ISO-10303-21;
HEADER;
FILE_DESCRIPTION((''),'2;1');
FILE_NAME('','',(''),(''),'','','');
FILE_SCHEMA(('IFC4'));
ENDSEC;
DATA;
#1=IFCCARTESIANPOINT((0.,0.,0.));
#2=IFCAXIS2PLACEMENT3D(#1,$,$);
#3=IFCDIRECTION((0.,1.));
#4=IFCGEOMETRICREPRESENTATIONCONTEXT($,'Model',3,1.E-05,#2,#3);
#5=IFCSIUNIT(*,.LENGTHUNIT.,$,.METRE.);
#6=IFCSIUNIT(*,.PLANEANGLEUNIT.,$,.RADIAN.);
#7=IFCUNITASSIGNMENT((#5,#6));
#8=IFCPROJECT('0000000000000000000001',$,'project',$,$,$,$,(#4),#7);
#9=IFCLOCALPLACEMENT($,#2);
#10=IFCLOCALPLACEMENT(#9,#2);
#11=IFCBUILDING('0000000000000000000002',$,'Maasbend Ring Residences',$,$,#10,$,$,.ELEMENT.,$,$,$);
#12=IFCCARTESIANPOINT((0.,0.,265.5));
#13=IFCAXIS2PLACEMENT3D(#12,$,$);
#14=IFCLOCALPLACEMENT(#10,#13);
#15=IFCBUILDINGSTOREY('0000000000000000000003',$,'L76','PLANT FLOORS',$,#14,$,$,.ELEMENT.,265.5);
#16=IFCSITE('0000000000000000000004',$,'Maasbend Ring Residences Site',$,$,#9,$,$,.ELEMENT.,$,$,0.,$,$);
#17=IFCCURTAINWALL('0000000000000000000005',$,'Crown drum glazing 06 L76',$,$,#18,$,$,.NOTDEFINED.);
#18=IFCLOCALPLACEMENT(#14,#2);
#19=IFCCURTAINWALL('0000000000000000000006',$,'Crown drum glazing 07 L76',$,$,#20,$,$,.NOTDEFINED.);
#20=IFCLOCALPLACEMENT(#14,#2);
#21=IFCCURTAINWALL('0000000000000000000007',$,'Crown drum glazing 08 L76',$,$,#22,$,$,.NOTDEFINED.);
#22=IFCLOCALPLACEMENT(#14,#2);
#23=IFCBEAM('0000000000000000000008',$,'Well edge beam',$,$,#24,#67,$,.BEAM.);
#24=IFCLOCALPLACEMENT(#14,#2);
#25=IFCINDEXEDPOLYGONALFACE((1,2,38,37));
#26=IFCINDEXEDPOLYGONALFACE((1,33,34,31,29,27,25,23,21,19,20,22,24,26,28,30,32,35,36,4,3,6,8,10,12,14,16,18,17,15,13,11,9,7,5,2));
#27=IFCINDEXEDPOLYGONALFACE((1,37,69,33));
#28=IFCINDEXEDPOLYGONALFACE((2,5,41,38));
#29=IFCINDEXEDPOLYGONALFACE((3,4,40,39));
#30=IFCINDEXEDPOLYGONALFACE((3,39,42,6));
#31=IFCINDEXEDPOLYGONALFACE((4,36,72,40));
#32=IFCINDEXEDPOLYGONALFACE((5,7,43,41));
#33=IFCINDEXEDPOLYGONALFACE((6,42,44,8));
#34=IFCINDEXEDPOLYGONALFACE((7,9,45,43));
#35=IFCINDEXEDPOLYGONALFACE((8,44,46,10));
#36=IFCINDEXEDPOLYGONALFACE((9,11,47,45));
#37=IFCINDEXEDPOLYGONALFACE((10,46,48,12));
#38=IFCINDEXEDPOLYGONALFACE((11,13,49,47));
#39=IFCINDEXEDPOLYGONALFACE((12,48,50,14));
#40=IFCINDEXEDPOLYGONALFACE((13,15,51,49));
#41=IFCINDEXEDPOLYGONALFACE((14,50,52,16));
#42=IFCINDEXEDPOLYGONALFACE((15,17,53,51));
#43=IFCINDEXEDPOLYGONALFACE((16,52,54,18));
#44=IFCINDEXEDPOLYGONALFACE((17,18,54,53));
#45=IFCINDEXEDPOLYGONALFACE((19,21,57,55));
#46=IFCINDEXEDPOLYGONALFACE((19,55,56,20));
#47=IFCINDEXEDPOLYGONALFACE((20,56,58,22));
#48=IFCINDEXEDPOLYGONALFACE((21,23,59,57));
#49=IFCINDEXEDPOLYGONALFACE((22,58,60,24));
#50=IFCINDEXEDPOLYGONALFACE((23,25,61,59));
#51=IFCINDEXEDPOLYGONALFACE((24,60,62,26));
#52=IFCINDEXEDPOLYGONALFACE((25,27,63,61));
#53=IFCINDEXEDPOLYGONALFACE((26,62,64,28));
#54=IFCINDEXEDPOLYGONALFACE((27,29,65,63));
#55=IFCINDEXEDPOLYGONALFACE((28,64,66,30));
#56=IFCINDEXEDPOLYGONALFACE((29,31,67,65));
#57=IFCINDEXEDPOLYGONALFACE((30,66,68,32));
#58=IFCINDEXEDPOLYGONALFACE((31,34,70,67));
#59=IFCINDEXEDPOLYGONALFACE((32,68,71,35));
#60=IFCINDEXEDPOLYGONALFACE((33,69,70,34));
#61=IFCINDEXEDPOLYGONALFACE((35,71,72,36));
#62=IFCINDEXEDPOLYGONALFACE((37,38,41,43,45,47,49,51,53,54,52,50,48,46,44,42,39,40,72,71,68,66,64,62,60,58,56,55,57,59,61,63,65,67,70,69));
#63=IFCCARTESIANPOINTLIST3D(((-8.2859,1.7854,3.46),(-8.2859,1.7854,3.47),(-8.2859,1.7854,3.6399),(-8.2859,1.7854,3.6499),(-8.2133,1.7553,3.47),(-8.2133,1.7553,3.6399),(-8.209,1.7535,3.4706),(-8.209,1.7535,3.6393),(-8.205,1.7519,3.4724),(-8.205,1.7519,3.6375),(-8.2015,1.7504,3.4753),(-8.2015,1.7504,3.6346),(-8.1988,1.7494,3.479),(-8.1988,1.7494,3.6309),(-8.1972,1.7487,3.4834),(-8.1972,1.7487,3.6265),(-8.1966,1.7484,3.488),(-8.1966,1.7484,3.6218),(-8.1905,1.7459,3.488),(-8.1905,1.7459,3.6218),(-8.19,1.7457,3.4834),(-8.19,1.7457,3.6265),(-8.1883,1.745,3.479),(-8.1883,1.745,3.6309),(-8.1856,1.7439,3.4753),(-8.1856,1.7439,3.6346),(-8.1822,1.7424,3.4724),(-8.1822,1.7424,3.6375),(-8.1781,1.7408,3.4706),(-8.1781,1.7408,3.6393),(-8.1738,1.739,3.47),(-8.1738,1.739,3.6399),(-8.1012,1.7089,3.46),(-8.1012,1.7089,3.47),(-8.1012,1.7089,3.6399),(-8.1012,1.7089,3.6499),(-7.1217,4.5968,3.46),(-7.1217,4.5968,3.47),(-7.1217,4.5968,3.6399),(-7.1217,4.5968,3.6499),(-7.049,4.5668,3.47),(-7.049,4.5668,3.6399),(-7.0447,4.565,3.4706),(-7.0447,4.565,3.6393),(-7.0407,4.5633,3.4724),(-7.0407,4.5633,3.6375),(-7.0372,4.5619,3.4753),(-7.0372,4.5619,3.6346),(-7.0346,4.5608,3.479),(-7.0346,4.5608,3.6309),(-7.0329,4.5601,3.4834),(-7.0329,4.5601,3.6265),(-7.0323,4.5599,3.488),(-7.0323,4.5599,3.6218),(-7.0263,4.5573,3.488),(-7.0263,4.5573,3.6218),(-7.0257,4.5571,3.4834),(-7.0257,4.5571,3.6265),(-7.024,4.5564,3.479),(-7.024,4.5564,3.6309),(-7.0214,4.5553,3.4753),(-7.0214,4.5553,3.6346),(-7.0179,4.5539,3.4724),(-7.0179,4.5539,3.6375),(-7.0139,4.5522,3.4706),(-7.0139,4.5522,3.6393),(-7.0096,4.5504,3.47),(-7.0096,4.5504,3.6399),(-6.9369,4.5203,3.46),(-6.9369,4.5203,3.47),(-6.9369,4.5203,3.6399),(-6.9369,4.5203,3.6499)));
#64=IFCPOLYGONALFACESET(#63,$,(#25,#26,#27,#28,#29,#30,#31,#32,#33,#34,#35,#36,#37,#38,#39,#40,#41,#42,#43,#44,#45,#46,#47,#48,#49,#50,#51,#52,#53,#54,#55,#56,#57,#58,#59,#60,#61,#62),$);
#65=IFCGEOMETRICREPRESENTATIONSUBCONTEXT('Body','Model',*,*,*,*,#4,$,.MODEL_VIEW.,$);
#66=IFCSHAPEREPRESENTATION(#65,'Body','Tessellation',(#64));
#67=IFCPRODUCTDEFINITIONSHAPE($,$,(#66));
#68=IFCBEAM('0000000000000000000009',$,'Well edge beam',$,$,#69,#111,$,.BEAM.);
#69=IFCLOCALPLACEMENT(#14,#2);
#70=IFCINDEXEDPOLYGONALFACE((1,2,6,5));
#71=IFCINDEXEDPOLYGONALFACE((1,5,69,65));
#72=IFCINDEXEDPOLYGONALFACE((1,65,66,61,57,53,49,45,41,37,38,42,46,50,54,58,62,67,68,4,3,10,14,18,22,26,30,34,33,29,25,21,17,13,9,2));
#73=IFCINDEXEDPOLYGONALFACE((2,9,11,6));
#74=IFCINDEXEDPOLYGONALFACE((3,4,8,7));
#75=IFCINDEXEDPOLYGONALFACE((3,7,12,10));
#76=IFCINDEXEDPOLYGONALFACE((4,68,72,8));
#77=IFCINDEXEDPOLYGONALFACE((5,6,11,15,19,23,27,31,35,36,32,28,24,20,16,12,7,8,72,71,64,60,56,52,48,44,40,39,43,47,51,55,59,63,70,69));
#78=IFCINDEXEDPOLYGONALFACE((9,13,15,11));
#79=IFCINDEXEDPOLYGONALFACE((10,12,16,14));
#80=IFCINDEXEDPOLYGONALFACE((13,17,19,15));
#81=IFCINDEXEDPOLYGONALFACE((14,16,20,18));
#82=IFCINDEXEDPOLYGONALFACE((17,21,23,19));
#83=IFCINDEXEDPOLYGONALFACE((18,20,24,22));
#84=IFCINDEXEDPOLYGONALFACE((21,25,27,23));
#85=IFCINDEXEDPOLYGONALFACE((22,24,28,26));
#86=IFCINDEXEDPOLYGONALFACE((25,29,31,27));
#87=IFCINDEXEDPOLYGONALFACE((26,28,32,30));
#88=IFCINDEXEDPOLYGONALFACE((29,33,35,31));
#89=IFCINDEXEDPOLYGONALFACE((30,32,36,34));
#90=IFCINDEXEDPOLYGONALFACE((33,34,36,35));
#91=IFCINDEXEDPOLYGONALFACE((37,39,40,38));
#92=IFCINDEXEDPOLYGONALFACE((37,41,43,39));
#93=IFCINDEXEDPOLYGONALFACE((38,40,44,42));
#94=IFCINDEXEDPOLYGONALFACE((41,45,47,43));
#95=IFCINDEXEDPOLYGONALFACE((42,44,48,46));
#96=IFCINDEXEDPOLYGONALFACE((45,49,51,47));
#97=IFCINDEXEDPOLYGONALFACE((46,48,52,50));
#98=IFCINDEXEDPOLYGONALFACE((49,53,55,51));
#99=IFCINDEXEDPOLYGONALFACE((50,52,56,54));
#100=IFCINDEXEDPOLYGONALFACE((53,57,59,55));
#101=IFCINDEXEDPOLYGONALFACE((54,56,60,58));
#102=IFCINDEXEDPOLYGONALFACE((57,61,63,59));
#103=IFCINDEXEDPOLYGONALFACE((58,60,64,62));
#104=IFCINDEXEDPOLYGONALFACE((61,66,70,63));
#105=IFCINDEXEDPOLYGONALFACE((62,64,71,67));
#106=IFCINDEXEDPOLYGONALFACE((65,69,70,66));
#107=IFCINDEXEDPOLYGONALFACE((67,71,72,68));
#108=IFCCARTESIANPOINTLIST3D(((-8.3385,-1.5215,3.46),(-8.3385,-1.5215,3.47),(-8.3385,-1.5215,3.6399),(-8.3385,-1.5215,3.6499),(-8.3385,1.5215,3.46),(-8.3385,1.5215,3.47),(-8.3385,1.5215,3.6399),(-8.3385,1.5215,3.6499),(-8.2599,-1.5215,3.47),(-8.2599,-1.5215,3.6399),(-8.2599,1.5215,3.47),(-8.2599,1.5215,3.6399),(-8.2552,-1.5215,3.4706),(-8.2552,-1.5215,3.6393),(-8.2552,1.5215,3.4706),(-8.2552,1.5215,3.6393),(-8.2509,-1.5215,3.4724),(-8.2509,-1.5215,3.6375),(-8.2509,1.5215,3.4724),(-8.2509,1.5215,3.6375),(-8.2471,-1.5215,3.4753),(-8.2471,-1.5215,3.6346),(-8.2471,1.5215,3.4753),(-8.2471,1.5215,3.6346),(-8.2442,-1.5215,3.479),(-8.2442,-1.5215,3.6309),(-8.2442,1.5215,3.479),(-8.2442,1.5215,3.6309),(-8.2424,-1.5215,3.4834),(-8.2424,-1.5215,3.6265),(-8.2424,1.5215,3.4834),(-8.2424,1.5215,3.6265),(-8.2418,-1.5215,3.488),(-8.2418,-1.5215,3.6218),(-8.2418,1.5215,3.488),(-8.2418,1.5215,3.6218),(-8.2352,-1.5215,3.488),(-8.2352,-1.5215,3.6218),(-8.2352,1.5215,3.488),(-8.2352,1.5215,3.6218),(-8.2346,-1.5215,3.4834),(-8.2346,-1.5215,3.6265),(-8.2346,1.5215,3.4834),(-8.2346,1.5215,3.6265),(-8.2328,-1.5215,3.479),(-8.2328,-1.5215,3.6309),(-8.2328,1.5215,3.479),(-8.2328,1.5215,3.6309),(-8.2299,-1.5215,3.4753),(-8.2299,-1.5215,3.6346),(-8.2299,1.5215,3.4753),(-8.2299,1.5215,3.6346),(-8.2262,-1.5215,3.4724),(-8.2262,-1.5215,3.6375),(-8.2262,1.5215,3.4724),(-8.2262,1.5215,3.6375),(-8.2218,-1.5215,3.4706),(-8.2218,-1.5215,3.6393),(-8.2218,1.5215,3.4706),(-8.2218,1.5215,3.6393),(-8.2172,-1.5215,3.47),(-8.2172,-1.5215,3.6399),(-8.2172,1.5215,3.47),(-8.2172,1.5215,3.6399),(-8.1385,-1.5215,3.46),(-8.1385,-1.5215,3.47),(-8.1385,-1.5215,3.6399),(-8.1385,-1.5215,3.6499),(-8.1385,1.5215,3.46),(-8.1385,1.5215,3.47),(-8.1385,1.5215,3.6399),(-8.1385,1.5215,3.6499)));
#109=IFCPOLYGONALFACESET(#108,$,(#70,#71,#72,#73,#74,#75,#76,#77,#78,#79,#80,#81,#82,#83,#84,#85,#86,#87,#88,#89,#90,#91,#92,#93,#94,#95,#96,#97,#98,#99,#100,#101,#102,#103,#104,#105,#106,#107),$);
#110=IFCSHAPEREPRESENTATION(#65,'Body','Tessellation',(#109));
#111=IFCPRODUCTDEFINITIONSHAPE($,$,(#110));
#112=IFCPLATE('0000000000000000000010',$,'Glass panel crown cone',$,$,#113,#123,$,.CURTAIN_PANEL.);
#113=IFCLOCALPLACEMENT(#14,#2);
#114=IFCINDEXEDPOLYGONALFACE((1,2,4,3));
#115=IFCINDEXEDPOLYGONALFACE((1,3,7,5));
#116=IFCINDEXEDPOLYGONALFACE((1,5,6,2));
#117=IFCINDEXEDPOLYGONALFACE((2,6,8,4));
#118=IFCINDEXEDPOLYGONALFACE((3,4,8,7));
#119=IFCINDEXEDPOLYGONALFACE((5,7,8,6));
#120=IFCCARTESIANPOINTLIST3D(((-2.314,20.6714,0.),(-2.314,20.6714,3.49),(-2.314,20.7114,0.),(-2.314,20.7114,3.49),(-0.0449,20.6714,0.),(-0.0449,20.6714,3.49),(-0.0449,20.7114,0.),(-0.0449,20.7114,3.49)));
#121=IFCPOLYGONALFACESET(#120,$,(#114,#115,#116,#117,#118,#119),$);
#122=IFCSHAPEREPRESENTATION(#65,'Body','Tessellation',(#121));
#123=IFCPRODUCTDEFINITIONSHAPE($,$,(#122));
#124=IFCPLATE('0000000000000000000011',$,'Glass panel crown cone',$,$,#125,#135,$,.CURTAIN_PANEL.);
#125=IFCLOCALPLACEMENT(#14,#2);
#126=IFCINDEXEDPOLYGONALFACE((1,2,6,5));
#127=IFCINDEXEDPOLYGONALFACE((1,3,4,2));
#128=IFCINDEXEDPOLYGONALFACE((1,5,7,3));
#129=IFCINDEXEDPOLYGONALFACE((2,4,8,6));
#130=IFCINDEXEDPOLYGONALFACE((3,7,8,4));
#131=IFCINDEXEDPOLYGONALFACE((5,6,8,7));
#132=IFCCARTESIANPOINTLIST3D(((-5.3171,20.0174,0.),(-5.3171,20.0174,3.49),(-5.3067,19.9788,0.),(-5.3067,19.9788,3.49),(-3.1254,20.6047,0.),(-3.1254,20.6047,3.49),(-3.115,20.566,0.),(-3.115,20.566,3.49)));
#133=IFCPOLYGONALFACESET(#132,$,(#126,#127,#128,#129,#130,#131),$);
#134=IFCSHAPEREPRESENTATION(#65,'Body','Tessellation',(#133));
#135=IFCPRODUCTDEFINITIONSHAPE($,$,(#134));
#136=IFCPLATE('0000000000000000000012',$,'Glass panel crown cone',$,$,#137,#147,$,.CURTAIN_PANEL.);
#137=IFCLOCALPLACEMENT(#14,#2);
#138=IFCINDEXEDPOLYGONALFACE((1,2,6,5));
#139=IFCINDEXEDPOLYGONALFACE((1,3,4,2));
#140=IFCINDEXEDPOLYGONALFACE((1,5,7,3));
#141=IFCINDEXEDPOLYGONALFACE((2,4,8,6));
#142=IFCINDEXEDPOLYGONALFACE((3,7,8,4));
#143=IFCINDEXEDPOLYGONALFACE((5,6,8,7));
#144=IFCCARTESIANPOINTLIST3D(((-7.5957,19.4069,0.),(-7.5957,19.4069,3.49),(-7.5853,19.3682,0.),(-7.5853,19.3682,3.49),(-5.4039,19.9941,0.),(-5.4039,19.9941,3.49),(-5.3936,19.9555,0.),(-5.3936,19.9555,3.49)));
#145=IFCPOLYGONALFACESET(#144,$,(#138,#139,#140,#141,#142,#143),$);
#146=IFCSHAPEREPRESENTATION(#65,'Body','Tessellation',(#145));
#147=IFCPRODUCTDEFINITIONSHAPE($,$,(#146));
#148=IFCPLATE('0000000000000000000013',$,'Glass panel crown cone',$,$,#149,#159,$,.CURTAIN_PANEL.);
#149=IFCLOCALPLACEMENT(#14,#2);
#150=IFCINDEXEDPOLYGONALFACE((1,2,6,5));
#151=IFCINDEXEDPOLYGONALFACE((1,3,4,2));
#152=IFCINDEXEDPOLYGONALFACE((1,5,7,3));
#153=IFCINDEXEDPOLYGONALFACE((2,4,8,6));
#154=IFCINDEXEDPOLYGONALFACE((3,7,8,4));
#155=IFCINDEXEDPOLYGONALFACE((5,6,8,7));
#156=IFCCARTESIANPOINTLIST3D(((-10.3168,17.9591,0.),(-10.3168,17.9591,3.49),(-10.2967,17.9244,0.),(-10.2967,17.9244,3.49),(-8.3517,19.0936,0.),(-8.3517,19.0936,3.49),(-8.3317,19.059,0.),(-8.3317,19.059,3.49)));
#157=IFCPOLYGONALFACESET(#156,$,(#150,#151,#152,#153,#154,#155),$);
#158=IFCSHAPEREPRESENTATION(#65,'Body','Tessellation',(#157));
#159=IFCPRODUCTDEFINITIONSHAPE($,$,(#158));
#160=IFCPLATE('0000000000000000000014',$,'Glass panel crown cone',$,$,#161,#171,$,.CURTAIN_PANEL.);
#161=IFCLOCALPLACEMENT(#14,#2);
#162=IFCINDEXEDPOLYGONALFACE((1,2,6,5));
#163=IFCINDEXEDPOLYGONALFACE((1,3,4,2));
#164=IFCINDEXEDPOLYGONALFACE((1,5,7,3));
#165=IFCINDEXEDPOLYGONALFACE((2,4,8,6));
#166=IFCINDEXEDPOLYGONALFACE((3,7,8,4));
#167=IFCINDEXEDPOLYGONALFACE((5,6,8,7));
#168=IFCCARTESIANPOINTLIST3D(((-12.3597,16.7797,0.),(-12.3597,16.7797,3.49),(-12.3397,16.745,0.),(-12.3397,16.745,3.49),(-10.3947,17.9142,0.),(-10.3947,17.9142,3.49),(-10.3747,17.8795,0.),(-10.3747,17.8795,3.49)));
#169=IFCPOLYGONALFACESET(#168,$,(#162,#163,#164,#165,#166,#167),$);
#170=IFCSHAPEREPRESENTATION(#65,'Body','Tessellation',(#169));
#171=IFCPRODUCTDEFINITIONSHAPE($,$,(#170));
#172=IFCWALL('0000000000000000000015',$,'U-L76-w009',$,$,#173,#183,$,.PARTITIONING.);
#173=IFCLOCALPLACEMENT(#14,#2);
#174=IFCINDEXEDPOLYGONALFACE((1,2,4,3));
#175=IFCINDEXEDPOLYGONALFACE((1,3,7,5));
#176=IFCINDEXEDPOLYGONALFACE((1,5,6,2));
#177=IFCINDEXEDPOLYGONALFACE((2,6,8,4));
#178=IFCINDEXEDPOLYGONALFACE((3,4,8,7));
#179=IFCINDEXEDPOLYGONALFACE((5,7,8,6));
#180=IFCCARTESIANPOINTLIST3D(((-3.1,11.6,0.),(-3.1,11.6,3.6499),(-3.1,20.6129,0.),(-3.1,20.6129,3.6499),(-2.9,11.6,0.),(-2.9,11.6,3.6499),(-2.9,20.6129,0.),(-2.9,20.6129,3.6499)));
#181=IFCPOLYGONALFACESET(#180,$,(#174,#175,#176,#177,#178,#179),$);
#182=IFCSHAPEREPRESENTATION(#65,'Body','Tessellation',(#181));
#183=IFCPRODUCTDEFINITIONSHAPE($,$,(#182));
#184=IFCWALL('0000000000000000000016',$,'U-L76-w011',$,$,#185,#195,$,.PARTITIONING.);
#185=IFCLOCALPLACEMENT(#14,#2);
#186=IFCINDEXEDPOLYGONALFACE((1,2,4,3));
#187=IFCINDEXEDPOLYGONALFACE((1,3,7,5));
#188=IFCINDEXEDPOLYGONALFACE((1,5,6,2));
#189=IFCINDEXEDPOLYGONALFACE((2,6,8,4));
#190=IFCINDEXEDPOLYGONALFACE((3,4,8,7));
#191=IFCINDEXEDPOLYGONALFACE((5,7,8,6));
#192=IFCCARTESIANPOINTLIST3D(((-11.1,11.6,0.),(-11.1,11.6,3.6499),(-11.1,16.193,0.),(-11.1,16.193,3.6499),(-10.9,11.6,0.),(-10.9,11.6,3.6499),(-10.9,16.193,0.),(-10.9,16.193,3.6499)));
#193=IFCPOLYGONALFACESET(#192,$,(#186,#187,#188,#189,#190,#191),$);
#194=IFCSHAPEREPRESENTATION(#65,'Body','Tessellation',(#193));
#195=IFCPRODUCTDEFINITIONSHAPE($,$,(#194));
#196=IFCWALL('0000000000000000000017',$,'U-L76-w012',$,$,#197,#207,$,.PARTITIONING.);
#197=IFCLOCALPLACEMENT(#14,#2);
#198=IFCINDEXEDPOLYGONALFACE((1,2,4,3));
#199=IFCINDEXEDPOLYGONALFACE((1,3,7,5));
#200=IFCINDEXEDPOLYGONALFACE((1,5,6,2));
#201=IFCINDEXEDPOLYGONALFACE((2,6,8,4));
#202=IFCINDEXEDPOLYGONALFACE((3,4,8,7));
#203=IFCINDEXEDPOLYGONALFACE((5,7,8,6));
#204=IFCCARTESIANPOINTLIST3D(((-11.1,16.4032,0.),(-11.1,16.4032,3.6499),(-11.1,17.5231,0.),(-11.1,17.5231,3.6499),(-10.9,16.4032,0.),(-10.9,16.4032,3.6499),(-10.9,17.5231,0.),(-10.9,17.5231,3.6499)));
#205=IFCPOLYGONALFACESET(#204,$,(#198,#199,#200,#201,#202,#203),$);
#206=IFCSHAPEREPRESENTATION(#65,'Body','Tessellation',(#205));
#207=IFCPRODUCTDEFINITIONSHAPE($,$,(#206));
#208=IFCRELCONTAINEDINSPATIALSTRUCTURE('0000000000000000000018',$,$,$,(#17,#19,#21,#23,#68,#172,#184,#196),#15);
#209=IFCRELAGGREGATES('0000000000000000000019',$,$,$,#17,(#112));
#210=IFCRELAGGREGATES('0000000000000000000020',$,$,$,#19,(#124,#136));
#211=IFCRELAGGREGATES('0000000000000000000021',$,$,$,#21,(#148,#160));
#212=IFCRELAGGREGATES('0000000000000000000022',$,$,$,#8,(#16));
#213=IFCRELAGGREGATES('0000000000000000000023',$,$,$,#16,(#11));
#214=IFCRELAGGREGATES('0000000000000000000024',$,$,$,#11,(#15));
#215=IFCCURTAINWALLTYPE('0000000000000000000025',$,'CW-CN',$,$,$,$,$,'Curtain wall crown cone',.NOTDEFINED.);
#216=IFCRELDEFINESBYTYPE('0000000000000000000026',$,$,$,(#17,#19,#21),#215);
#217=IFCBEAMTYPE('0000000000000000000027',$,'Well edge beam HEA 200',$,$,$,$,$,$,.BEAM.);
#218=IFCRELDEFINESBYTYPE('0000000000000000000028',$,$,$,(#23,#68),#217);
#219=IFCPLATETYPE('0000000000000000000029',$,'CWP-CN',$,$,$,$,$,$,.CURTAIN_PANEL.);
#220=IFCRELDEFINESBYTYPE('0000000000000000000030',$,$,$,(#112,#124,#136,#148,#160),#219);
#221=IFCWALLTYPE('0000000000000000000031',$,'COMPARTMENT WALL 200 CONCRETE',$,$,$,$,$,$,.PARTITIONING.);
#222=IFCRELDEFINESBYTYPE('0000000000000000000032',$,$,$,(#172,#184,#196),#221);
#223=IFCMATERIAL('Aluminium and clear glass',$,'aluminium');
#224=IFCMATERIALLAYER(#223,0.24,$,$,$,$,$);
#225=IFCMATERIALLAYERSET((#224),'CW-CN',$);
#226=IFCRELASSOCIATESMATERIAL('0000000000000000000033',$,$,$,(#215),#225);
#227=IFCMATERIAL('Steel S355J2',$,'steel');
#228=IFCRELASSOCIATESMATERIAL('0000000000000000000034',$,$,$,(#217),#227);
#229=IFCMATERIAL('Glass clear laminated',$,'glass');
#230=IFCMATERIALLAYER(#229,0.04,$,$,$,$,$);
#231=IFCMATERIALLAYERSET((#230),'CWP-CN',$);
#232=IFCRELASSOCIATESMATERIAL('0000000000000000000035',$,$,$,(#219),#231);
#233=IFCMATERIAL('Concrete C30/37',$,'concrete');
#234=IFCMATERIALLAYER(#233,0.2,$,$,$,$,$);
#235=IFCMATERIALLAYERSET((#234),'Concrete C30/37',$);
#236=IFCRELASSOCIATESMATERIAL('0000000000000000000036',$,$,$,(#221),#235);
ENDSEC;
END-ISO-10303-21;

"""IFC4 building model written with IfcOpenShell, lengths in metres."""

from ifc_helpers import new_model, si_unit, direction, frame, frame_2d, origin, origin_2d, place, context, subcontext, project, spatial, rectangle, i_section, extrude, material, layer, layer_set, material_profile, profile_set, type_object, element, aggregate, save


model = new_model("IFC4")

# Units and contexts
model_context = context("Model", 3, precision=1e-05, world=origin(), true_north=direction((0.0, 1.0)))
body_context = subcontext(model_context, "Body", "Model", "MODEL_VIEW")
ifc_project = project(units=[si_unit("LENGTHUNIT", "METRE"), si_unit("PLANEANGLEUNIT", "RADIAN")], contexts=[model_context])

# Site, building, storey
site_placement = place(None, origin())
site = spatial("IfcSite", under=ifc_project, at=site_placement, Name="Maasbend Ring Residences Site", CompositionType="ELEMENT", RefElevation=0.0)
building_placement = place(site_placement, origin())
building = spatial("IfcBuilding", under=site, at=building_placement, Name="Maasbend Ring Residences", CompositionType="ELEMENT")
storey_placement = place(building_placement, frame((0.0, 0.0, 265.5)))
storey = spatial("IfcBuildingStorey", under=building, at=storey_placement, Name="L76", Description="PLANT FLOORS", CompositionType="ELEMENT", Elevation=265.5)

# Curtain walls
ifc_material_1 = material(Name="Aluminium and clear glass", Category="aluminium")
ifc_layer_1 = layer(ifc_material_1, 0.24)
ifc_layer_set_1 = layer_set([ifc_layer_1], Name="CW-CN")
curtain_wall_type = type_object("IfcCurtainWallType", Name="CW-CN", ElementType="Curtain wall crown cone", PredefinedType="NOTDEFINED", material=ifc_layer_set_1)
curtain_wall_1_placement = place(storey_placement, origin())
curtain_wall_1 = element("IfcCurtainWall", 1, at=curtain_wall_1_placement, inside=storey, type_object=curtain_wall_type, Name="Crown drum glazing 06 L76", PredefinedType="NOTDEFINED")
curtain_wall_2_placement = place(storey_placement, origin())
curtain_wall_2 = element("IfcCurtainWall", 2, at=curtain_wall_2_placement, inside=storey, type_object=curtain_wall_type, Name="Crown drum glazing 07 L76", PredefinedType="NOTDEFINED")
curtain_wall_3_placement = place(storey_placement, origin())
curtain_wall_3 = element("IfcCurtainWall", 3, at=curtain_wall_3_placement, inside=storey, type_object=curtain_wall_type, Name="Crown drum glazing 08 L76", PredefinedType="NOTDEFINED")

# Beams
ifc_material_2 = material(Name="Steel S355J2", Category="steel")
ifc_material_profile_1 = material_profile(ifc_material_2, i_section(OverallWidth=0.2, OverallDepth=0.1899, WebThickness=0.0066, FlangeThickness=0.01, FilletRadius=0.0181, at=origin_2d()), Name="HEA 200")
ifc_profile_set_1 = profile_set([ifc_material_profile_1], Name="Steel S355J2")
beam_type_1 = type_object("IfcBeamType", Name="Well edge beam HEA 200", PredefinedType="BEAM", material=ifc_profile_set_1)
for number, where, z_axis, x_axis, name in (
    (4, (-7.0293, 4.5586, 3.5549), (-0.382609, -0.92391, 0.0), (0.92391, -0.382609, 0.0), "Well edge beam"),
    (5, (-8.2385, 1.5215, 3.5549), (0.0, -1.0, 0.0), (1.0, 0.0, 0.0), "Well edge beam"),
):
    element("IfcBeam", number, at=place(storey_placement, frame(where, z_axis=z_axis, x_axis=x_axis)), inside=storey, type_object=beam_type_1, Name=name, PredefinedType="BEAM", context=body_context, shape_type="SweptSolid", body=[
        extrude(i_section(OverallWidth=0.2, OverallDepth=0.1899, WebThickness=0.0066, FlangeThickness=0.01, FilletRadius=0.0181, at=origin_2d()), origin(), (0.0, 0.0, 1.0), 3.043),
    ])

# Plates
ifc_material_3 = material(Name="Glass clear laminated", Category="glass")
ifc_layer_2 = layer(ifc_material_3, 0.04)
ifc_layer_set_2 = layer_set([ifc_layer_2], Name="CWP-CN")
plate_type = type_object("IfcPlateType", Name="CWP-CN", PredefinedType="CURTAIN_PANEL", material=ifc_layer_set_2)
plate_1_placement = place(storey_placement, frame((-1.1794, 20.6914, 0.0), z_axis=(0.0, 0.0, 1.0), x_axis=(-1.0, 0.0, 0.0)))
plate_1 = element("IfcPlate", 6, at=plate_1_placement, type_object=plate_type, Name="Glass panel crown cone", PredefinedType="CURTAIN_PANEL", context=body_context, shape_type="SweptSolid", body=[
    extrude(rectangle(XDim=2.269, YDim=0.04, at=origin_2d()), origin(), (0.0, 0.0, 1.0), 3.49),
])
aggregate(curtain_wall_1, [plate_1])
plate_2_placement = place(storey_placement, frame((-4.2161, 20.2917, 0.0), z_axis=(0.0, 0.0, 1.0), x_axis=(-0.965926, -0.258819, 0.0)))
plate_2 = element("IfcPlate", 7, at=plate_2_placement, type_object=plate_type, Name="Glass panel crown cone", PredefinedType="CURTAIN_PANEL", context=body_context, shape_type="SweptSolid", body=[
    extrude(rectangle(XDim=2.269, YDim=0.04, at=origin_2d()), origin(), (0.0, 0.0, 1.0), 3.49),
])
plate_3_placement = place(storey_placement, frame((-6.4946, 19.6812, 0.0), z_axis=(0.0, 0.0, 1.0), x_axis=(-0.965926, -0.258819, 0.0)))
plate_3 = element("IfcPlate", 8, at=plate_3_placement, type_object=plate_type, Name="Glass panel crown cone", PredefinedType="CURTAIN_PANEL", context=body_context, shape_type="SweptSolid", body=[
    extrude(rectangle(XDim=2.269, YDim=0.04, at=origin_2d()), origin(), (0.0, 0.0, 1.0), 3.49),
])
aggregate(curtain_wall_2, [plate_2, plate_3])
plate_4_placement = place(storey_placement, frame((-9.3242, 18.509, 0.0), z_axis=(0.0, 0.0, 1.0), x_axis=(-0.866025, -0.5, 0.0)))
plate_4 = element("IfcPlate", 9, at=plate_4_placement, type_object=plate_type, Name="Glass panel crown cone", PredefinedType="CURTAIN_PANEL", context=body_context, shape_type="SweptSolid", body=[
    extrude(rectangle(XDim=2.269, YDim=0.04, at=origin_2d()), origin(), (0.0, 0.0, 1.0), 3.49),
])
plate_5_placement = place(storey_placement, frame((-11.3672, 17.3296, 0.0), z_axis=(0.0, 0.0, 1.0), x_axis=(-0.866025, -0.5, 0.0)))
plate_5 = element("IfcPlate", 10, at=plate_5_placement, type_object=plate_type, Name="Glass panel crown cone", PredefinedType="CURTAIN_PANEL", context=body_context, shape_type="SweptSolid", body=[
    extrude(rectangle(XDim=2.269, YDim=0.04, at=origin_2d()), origin(), (0.0, 0.0, 1.0), 3.49),
])
aggregate(curtain_wall_3, [plate_4, plate_5])

# Walls
ifc_material_4 = material(Name="Concrete C30/37", Category="concrete")
ifc_layer_3 = layer(ifc_material_4, 0.2)
ifc_layer_set_3 = layer_set([ifc_layer_3], Name="Concrete C30/37")
wall_type_1 = type_object("IfcWallType", Name="COMPARTMENT WALL 200 CONCRETE", PredefinedType="PARTITIONING", material=ifc_layer_set_3)
wall_1_placement = place(storey_placement, frame((-3.0, 11.6001, 0.0), z_axis=(0.0, 0.0, 1.0), x_axis=(0.0, 1.0, 0.0)))
element("IfcWall", 11, at=wall_1_placement, inside=storey, type_object=wall_type_1, Name="U-L76-w009", PredefinedType="PARTITIONING", context=body_context, shape_type="SweptSolid", body=[
    extrude(rectangle(XDim=9.0129, YDim=0.2, at=frame_2d((4.5063, 0.0))), origin(), (0.0, 0.0, 1.0), 3.6499),
])
wall_2_placement = place(storey_placement, frame((-11.0, 11.6001, 0.0), z_axis=(0.0, 0.0, 1.0), x_axis=(0.0, 1.0, 0.0)))
element("IfcWall", 12, at=wall_2_placement, inside=storey, type_object=wall_type_1, Name="U-L76-w011", PredefinedType="PARTITIONING", context=body_context, shape_type="SweptSolid", body=[
    extrude(rectangle(XDim=4.593, YDim=0.2, at=frame_2d((2.2964, 0.0))), origin(), (0.0, 0.0, 1.0), 3.6499),
])
wall_3_placement = place(storey_placement, frame((-11.0, 16.4031, 0.0), z_axis=(0.0, 0.0, 1.0), x_axis=(0.0, 1.0, 0.0)))
element("IfcWall", 13, at=wall_3_placement, inside=storey, type_object=wall_type_1, Name="U-L76-w012", PredefinedType="PARTITIONING", context=body_context, shape_type="SweptSolid", body=[
    extrude(rectangle(XDim=1.1199, YDim=0.2, at=frame_2d((0.5601, 0.0))), origin(), (0.0, 0.0, 1.0), 3.6499),
])

save(model, "model.ifc")
